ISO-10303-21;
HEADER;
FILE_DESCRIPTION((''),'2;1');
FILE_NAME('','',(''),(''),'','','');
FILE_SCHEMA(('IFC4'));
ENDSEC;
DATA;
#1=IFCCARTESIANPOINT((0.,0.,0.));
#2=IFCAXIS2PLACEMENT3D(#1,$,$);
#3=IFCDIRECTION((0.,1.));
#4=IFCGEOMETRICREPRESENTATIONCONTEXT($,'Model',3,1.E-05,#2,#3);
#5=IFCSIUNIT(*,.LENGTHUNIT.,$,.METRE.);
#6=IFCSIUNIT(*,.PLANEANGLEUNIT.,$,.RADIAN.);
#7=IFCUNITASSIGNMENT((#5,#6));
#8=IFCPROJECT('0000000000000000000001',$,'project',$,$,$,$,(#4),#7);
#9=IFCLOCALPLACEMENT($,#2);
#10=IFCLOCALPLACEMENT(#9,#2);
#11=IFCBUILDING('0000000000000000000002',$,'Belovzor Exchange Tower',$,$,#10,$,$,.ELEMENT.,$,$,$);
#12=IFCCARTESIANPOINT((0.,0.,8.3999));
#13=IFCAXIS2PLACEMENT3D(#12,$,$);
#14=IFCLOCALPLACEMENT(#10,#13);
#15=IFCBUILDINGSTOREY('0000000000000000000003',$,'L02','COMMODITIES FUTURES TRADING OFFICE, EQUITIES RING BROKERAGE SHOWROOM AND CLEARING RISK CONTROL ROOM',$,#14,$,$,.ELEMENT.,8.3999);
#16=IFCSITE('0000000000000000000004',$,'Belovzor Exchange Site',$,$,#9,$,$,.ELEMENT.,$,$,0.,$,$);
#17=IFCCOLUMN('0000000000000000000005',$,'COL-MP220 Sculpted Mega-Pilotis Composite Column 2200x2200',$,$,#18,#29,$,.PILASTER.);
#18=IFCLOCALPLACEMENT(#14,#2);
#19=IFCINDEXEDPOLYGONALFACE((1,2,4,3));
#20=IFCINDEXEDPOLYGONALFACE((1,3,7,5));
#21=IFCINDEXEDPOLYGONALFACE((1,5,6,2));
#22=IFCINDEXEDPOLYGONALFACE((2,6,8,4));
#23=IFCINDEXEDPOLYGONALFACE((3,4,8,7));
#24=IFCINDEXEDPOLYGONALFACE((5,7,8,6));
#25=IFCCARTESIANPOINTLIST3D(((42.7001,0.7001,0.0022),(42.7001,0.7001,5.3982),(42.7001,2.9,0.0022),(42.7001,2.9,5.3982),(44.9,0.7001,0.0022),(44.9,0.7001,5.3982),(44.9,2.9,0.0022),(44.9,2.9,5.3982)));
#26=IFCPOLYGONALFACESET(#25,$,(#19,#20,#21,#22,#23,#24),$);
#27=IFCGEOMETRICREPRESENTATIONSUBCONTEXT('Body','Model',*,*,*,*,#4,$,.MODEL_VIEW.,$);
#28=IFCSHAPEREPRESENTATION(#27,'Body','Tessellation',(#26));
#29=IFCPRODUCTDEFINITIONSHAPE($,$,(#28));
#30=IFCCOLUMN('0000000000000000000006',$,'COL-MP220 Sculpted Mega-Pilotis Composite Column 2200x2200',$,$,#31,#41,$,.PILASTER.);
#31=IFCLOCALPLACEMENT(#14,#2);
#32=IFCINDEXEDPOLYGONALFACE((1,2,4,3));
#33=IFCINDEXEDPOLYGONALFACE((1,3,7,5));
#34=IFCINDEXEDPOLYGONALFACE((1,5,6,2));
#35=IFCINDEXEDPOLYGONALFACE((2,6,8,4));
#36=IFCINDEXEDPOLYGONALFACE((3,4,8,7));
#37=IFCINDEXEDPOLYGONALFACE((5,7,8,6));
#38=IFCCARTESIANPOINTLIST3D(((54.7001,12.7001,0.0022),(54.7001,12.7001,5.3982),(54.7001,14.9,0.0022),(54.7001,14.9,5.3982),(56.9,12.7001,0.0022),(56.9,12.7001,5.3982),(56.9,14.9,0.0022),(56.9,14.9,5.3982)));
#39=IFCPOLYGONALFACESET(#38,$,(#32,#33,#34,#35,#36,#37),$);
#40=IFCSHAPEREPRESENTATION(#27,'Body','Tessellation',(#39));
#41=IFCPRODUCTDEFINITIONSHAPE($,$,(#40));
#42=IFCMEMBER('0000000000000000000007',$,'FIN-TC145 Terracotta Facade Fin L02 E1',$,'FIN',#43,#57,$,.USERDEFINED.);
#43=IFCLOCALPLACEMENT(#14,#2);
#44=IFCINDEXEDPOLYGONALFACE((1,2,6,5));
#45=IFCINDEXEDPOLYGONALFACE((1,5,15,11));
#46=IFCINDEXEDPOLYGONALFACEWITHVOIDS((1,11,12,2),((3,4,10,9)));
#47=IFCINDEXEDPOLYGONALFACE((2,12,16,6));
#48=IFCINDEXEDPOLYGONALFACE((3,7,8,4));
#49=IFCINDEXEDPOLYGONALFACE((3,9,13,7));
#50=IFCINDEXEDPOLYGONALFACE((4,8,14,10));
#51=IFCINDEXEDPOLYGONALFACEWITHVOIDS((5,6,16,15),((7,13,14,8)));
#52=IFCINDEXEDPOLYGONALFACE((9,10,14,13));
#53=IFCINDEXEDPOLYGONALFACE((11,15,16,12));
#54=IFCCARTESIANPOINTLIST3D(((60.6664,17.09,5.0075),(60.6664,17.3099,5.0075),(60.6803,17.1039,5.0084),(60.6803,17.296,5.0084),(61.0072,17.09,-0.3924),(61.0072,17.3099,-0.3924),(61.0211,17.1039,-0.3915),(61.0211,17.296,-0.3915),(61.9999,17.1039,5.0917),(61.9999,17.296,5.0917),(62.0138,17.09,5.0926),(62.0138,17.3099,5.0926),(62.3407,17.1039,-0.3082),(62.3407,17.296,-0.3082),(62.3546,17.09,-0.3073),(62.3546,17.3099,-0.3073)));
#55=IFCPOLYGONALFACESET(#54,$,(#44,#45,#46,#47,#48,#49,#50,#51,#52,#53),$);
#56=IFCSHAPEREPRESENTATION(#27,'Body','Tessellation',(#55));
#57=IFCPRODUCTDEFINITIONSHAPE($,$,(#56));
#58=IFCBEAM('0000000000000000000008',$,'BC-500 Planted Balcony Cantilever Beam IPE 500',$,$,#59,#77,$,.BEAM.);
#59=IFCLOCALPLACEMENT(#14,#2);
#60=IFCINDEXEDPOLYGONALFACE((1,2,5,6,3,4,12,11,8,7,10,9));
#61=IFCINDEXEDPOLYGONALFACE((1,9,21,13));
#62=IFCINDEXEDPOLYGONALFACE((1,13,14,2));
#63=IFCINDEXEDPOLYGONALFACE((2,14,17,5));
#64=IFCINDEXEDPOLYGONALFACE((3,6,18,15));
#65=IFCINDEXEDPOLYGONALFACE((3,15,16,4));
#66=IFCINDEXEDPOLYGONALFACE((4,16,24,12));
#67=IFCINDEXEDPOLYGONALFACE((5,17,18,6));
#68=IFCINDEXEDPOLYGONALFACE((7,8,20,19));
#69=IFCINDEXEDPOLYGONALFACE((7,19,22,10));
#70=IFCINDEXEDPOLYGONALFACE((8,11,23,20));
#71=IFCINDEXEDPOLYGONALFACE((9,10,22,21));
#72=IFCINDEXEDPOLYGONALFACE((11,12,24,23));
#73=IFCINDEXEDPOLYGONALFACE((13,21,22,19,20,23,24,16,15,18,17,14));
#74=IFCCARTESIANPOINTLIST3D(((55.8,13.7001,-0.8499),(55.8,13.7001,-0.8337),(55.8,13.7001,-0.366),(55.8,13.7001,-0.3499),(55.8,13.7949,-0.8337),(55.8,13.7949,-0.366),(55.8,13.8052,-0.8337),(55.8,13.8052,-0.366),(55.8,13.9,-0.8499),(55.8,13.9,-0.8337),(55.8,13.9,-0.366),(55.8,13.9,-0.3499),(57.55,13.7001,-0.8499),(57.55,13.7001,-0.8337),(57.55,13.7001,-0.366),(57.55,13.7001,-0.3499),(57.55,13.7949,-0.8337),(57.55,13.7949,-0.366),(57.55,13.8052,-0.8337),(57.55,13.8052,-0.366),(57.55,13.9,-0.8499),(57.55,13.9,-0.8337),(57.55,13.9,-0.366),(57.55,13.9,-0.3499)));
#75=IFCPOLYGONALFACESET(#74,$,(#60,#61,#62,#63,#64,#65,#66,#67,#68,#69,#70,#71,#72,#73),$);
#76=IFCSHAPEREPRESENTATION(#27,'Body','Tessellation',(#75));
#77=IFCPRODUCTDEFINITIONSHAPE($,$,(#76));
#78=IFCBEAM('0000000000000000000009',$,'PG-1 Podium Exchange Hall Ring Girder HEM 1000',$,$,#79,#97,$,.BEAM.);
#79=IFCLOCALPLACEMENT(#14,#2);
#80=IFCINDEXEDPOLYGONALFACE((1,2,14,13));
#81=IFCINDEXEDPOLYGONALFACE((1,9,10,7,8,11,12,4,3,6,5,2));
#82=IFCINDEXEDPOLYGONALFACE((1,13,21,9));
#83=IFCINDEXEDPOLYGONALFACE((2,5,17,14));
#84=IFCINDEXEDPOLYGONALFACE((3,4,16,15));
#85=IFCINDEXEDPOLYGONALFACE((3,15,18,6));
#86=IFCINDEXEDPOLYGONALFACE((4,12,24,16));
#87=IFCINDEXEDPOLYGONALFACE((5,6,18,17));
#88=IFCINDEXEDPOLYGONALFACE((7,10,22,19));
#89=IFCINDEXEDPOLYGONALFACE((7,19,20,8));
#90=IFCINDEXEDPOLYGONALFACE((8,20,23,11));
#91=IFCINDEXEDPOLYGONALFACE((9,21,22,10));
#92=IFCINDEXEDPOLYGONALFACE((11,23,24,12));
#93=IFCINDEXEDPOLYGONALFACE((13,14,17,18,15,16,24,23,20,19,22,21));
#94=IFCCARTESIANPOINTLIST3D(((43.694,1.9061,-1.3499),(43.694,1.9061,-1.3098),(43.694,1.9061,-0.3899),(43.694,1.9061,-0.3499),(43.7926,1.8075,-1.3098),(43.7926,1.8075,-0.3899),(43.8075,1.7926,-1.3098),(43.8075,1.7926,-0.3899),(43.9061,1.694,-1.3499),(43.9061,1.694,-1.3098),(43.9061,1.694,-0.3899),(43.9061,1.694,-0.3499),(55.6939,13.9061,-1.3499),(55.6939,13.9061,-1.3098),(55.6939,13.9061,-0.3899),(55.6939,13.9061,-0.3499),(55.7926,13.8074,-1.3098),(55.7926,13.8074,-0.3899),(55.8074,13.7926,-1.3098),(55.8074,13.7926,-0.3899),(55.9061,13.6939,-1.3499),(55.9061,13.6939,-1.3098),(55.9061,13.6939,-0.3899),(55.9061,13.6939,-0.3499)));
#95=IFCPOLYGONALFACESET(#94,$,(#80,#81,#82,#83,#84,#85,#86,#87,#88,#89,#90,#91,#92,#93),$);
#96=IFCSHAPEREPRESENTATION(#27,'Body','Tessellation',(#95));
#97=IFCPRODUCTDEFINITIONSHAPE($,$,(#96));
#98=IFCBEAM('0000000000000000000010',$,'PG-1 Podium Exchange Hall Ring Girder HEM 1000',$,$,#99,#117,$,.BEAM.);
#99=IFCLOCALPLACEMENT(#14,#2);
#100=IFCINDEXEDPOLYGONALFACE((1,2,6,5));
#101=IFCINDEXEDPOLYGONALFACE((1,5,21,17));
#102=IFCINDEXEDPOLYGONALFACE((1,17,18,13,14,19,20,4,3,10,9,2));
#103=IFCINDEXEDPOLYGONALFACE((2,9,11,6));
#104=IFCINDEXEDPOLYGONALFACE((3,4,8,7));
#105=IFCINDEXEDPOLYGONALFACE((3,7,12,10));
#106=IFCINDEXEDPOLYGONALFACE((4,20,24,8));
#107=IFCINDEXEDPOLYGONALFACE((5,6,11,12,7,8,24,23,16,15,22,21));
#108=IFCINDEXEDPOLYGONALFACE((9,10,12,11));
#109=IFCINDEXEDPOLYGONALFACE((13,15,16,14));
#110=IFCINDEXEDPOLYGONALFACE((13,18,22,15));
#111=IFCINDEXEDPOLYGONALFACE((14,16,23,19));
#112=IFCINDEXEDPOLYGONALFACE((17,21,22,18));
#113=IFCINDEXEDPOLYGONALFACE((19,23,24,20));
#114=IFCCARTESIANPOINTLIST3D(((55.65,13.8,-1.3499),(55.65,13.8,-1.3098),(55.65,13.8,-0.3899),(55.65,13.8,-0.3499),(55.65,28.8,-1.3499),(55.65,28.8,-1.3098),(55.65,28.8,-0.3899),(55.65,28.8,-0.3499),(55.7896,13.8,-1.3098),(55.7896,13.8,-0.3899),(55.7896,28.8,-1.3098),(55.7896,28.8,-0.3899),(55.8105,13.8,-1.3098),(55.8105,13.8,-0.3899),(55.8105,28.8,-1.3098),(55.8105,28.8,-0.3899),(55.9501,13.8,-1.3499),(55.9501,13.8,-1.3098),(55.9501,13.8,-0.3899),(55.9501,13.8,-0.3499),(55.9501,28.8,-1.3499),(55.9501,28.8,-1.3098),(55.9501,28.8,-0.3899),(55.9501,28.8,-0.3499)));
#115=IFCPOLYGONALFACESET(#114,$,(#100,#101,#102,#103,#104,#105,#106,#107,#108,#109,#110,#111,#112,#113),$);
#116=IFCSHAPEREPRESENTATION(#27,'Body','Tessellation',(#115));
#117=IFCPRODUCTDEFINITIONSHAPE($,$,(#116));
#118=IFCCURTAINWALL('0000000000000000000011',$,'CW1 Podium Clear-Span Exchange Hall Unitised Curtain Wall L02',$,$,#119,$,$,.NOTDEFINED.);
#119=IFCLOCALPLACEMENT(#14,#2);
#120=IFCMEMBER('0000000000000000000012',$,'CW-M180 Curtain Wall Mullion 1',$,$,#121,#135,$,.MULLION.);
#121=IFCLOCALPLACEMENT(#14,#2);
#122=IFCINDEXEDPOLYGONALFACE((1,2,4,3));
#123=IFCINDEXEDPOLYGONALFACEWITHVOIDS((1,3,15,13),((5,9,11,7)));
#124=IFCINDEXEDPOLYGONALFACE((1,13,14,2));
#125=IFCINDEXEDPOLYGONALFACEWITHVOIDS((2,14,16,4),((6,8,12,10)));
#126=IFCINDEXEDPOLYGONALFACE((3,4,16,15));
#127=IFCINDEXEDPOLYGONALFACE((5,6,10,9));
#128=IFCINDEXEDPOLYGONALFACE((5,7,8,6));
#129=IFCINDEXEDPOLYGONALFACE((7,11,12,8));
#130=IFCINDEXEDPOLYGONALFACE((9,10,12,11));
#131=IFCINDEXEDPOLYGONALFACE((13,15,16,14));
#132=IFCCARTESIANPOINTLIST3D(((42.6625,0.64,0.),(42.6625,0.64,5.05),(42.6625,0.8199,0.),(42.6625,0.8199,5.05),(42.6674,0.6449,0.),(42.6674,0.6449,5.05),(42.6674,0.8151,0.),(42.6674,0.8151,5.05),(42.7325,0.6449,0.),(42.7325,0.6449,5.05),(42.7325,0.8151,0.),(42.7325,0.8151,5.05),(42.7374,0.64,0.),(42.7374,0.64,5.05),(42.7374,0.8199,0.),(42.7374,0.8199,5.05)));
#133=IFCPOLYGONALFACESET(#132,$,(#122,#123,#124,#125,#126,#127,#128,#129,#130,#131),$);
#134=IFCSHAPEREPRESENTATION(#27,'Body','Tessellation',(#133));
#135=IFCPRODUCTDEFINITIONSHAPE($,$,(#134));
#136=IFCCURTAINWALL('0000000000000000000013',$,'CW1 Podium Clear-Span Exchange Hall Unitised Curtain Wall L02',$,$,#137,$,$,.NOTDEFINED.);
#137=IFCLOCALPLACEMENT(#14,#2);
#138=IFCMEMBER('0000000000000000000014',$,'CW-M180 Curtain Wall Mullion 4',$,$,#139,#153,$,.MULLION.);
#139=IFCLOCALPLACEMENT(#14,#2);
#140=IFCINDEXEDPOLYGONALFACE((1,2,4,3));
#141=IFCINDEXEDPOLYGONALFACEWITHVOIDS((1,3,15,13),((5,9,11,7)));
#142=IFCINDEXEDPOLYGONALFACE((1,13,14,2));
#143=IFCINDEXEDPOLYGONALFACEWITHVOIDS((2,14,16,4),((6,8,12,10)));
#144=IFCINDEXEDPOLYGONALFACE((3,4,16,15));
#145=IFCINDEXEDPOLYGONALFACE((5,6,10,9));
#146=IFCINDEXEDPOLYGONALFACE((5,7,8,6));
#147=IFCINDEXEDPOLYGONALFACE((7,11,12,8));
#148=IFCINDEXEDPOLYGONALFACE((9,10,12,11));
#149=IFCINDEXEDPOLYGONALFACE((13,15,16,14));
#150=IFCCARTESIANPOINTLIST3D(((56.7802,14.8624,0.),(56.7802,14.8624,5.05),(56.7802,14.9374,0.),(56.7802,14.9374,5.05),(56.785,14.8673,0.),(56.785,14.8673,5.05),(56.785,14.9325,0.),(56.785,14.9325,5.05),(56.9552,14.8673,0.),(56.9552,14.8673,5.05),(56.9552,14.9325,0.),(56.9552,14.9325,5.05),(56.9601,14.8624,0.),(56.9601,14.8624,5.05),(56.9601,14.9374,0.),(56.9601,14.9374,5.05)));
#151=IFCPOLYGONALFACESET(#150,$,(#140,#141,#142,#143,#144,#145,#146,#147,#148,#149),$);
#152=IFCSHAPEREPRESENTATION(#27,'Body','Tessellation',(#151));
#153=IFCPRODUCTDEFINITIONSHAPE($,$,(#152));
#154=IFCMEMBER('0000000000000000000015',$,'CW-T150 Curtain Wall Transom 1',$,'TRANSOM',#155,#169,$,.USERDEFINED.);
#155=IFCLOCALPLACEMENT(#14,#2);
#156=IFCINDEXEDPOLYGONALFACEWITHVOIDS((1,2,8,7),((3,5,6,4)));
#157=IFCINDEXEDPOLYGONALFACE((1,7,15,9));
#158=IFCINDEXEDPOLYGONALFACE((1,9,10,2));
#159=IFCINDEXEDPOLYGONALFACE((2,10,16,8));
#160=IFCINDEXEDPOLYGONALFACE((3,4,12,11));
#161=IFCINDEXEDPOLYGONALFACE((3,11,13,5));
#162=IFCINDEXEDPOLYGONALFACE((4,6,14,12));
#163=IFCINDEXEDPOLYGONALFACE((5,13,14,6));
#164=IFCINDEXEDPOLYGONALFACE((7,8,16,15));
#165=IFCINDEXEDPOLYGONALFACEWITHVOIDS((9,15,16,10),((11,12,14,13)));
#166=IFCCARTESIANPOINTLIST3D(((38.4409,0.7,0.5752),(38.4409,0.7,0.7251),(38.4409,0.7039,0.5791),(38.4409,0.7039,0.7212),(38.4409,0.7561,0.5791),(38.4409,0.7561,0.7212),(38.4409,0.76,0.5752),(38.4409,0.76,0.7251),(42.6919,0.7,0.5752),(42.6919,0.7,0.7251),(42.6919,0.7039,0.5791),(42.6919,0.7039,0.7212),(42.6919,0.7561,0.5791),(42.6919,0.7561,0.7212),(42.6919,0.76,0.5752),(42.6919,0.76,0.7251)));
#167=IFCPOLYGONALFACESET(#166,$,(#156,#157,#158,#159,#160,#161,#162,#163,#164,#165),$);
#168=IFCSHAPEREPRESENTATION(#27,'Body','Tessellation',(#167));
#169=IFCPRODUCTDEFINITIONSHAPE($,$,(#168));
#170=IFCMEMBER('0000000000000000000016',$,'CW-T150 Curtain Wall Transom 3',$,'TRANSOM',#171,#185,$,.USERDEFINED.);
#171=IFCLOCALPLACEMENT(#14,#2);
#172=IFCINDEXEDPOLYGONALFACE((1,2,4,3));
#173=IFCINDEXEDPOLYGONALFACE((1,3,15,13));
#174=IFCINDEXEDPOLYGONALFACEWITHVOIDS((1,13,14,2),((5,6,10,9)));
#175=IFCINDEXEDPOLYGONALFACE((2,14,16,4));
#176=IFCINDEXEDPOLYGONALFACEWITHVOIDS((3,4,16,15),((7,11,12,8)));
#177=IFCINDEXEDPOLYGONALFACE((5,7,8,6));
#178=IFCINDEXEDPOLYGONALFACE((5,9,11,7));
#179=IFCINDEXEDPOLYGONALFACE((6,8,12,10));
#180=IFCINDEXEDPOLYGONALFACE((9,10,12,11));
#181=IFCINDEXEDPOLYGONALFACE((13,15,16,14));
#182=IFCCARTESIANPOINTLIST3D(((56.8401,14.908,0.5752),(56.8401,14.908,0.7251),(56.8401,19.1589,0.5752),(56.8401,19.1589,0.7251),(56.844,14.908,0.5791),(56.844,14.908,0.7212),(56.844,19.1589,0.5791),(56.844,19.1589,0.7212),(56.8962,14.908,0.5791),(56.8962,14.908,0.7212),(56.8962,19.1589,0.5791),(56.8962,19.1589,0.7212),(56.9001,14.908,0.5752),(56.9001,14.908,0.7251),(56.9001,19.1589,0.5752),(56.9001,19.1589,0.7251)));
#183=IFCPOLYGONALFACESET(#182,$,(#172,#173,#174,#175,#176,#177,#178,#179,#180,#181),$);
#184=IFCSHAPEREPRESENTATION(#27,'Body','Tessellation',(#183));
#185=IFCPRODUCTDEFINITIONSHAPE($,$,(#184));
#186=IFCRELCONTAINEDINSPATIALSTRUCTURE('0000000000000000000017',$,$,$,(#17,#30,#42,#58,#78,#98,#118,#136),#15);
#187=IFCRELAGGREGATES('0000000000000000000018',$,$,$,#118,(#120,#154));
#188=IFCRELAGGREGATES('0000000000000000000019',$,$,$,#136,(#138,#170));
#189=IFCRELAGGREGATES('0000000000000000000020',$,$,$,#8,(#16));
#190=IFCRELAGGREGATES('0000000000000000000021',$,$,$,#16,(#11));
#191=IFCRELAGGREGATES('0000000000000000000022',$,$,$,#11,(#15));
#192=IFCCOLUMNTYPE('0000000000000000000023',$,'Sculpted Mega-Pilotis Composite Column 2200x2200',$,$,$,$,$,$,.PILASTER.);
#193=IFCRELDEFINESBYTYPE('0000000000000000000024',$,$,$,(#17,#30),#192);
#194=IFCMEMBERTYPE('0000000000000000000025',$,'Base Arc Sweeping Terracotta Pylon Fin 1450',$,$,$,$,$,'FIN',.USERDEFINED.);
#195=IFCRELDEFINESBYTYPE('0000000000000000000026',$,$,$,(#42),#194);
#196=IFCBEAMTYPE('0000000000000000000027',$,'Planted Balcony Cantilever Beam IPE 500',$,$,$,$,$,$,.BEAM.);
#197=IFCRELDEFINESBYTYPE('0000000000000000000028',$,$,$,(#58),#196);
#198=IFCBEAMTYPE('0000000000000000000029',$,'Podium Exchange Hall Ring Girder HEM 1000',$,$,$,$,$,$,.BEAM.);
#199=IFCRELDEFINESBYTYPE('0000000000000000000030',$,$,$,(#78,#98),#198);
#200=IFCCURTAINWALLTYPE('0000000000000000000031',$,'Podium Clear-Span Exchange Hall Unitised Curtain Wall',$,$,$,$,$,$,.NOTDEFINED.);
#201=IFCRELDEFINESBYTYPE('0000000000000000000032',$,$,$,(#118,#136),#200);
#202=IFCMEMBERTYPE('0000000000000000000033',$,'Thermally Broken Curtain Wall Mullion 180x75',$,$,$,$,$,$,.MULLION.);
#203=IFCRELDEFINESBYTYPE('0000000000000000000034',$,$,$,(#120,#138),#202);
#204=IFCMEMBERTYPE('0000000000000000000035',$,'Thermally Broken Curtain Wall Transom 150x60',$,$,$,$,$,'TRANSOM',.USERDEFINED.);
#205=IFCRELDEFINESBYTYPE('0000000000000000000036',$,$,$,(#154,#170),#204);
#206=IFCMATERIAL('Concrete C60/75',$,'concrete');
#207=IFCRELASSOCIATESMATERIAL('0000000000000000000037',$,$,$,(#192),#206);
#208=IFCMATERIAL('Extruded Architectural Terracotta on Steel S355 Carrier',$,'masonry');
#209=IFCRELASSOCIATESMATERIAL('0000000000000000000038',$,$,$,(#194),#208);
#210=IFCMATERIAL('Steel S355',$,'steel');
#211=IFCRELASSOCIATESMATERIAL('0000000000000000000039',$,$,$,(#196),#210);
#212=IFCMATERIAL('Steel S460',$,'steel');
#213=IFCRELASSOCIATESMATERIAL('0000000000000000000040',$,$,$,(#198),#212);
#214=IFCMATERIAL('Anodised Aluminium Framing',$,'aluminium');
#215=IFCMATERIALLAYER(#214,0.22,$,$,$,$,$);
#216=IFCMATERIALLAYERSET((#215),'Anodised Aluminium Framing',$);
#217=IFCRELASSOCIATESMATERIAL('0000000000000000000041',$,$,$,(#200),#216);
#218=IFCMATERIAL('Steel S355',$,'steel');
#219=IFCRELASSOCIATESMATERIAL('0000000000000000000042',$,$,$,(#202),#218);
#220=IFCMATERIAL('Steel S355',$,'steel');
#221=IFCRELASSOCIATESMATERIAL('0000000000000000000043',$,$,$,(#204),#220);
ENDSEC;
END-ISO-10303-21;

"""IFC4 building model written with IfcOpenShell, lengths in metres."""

from ifc_helpers import new_model, si_unit, direction, frame, origin, origin_2d, place, context, subcontext, project, spatial, rectangle, hollow_rectangle, i_section, extrude, material, layer, layer_set, material_profile, profile_set, type_object, element, aggregate, save


model = new_model("IFC4")

# Units and contexts
model_context = context("Model", 3, precision=1e-05, world=origin(), true_north=direction((0.0, 1.0)))
body_context = subcontext(model_context, "Body", "Model", "MODEL_VIEW")
ifc_project = project(units=[si_unit("LENGTHUNIT", "METRE"), si_unit("PLANEANGLEUNIT", "RADIAN")], contexts=[model_context])

# Site, building, storey
site_placement = place(None, origin())
site = spatial("IfcSite", under=ifc_project, at=site_placement, Name="Belovzor Exchange Site", CompositionType="ELEMENT", RefElevation=0.0)
building_placement = place(site_placement, origin())
building = spatial("IfcBuilding", under=site, at=building_placement, Name="Belovzor Exchange Tower", CompositionType="ELEMENT")
storey_placement = place(building_placement, frame((0.0, 0.0, 8.3999)))
storey = spatial("IfcBuildingStorey", under=building, at=storey_placement, Name="L02", Description="COMMODITIES FUTURES TRADING OFFICE, EQUITIES RING BROKERAGE SHOWROOM AND CLEARING RISK CONTROL ROOM", CompositionType="ELEMENT", Elevation=8.3999)

# Columns
ifc_material_1 = material(Name="Concrete C60/75", Category="concrete")
ifc_material_profile_1 = material_profile(ifc_material_1, rectangle(XDim=2.2, YDim=2.2, at=origin_2d()))
ifc_profile_set_1 = profile_set([ifc_material_profile_1], Name="Concrete C60/75")
column_type = type_object("IfcColumnType", Name="Sculpted Mega-Pilotis Composite Column 2200x2200", PredefinedType="PILASTER", material=ifc_profile_set_1)
for number, where, z_axis, x_axis, name in (
    (1, (43.8, 1.8, 0.0022), (0.0, 0.0, 1.0), (1.0, 0.0, 0.0), "COL-MP220 Sculpted Mega-Pilotis Composite Column 2200x2200"),
    (2, (55.8, 13.8, 0.0022), (0.0, 0.0, 1.0), (1.0, 0.0, 0.0), "COL-MP220 Sculpted Mega-Pilotis Composite Column 2200x2200"),
):
    element("IfcColumn", number, at=place(storey_placement, frame(where, z_axis=z_axis, x_axis=x_axis)), inside=storey, type_object=column_type, Name=name, PredefinedType="PILASTER", context=body_context, shape_type="SweptSolid", body=[
        extrude(rectangle(XDim=2.2, YDim=2.2, at=origin_2d()), origin(), (0.0, 0.0, 1.0), 5.396),
    ])

# Member
ifc_material_2 = material(Name="Extruded Architectural Terracotta on Steel S355 Carrier", Category="masonry")
ifc_material_profile_2 = material_profile(ifc_material_2, hollow_rectangle(XDim=0.22, YDim=1.3501, WallThickness=0.0139, at=origin_2d()))
ifc_profile_set_2 = profile_set([ifc_material_profile_2], Name="Extruded Architectural Terracotta on Steel S355 Carrier")
member_type_1 = type_object("IfcMemberType", Name="Base Arc Sweeping Terracotta Pylon Fin 1450", ElementType="FIN", PredefinedType="USERDEFINED", material=ifc_profile_set_2)
member_1_placement = place(storey_placement, frame((61.6809, 17.2, -0.3499), z_axis=(-0.062991, 0.0, 0.998014), x_axis=(0.0, -1.0, 0.0)))
element("IfcMember", 3, at=member_1_placement, inside=storey, type_object=member_type_1, Name="FIN-TC145 Terracotta Facade Fin L02 E1", ObjectType="FIN", PredefinedType="USERDEFINED", context=body_context, shape_type="SweptSolid", body=[
    extrude(hollow_rectangle(XDim=0.22, YDim=1.3501, WallThickness=0.0139, at=origin_2d()), origin(), (0.0, 0.0, 1.0), 5.4106),
])

# Beams
ifc_material_3 = material(Name="Steel S355", Category="steel")
ifc_material_profile_3 = material_profile(ifc_material_3, i_section(OverallWidth=0.2, OverallDepth=0.5, WebThickness=0.0103, FlangeThickness=0.0161, at=origin_2d()))
ifc_profile_set_3 = profile_set([ifc_material_profile_3], Name="Steel S355")
beam_type_1 = type_object("IfcBeamType", Name="Planted Balcony Cantilever Beam IPE 500", PredefinedType="BEAM", material=ifc_profile_set_3)
beam_1_placement = place(storey_placement, frame((55.8, 13.8, -0.5999), z_axis=(1.0, 0.0, 0.0), x_axis=(0.0, 1.0, 0.0)))
element("IfcBeam", 4, at=beam_1_placement, inside=storey, type_object=beam_type_1, Name="BC-500 Planted Balcony Cantilever Beam IPE 500", PredefinedType="BEAM", context=body_context, shape_type="SweptSolid", body=[
    extrude(i_section(OverallWidth=0.2, OverallDepth=0.5, WebThickness=0.0103, FlangeThickness=0.0161, at=origin_2d()), origin(), (0.0, 0.0, 1.0), 1.75),
])
ifc_material_4 = material(Name="Steel S460", Category="steel")
ifc_material_profile_4 = material_profile(ifc_material_4, i_section(OverallWidth=0.3, OverallDepth=1.0, WebThickness=0.021, FlangeThickness=0.04, at=origin_2d()))
ifc_profile_set_4 = profile_set([ifc_material_profile_4], Name="Steel S460")
beam_type_2 = type_object("IfcBeamType", Name="Podium Exchange Hall Ring Girder HEM 1000", PredefinedType="BEAM", material=ifc_profile_set_4)
beam_2_placement = place(storey_placement, frame((43.8, 1.8, -0.8499), z_axis=(0.707107, 0.707107, 0.0), x_axis=(-0.707107, 0.707107, 0.0)))
element("IfcBeam", 5, at=beam_2_placement, inside=storey, type_object=beam_type_2, Name="PG-1 Podium Exchange Hall Ring Girder HEM 1000", PredefinedType="BEAM", context=body_context, shape_type="SweptSolid", body=[
    extrude(i_section(OverallWidth=0.3, OverallDepth=1.0, WebThickness=0.021, FlangeThickness=0.04, at=origin_2d()), origin(), (0.0, 0.0, 1.0), 16.9705),
])
beam_3_placement = place(storey_placement, frame((55.8, 13.8, -0.8499), z_axis=(0.0, 1.0, 0.0), x_axis=(-1.0, 0.0, 0.0)))
element("IfcBeam", 6, at=beam_3_placement, inside=storey, type_object=beam_type_2, Name="PG-1 Podium Exchange Hall Ring Girder HEM 1000", PredefinedType="BEAM", context=body_context, shape_type="SweptSolid", body=[
    extrude(i_section(OverallWidth=0.3, OverallDepth=1.0, WebThickness=0.021, FlangeThickness=0.04, at=origin_2d()), origin(), (0.0, 0.0, 1.0), 15.0),
])

# Curtain walls, members
ifc_material_5 = material(Name="Anodised Aluminium Framing", Category="aluminium")
ifc_layer_1 = layer(ifc_material_5, 0.22)
ifc_layer_set_1 = layer_set([ifc_layer_1], Name="Anodised Aluminium Framing")
curtain_wall_type = type_object("IfcCurtainWallType", Name="Podium Clear-Span Exchange Hall Unitised Curtain Wall", PredefinedType="NOTDEFINED", material=ifc_layer_set_1)
curtain_wall_1_placement = place(storey_placement, origin())
curtain_wall_1 = element("IfcCurtainWall", 7, at=curtain_wall_1_placement, inside=storey, type_object=curtain_wall_type, Name="CW1 Podium Clear-Span Exchange Hall Unitised Curtain Wall L02", PredefinedType="NOTDEFINED")
ifc_material_6 = material(Name="Steel S355", Category="steel")
ifc_material_profile_5 = material_profile(ifc_material_6, hollow_rectangle(XDim=0.075, YDim=0.1799, WallThickness=0.0049, at=origin_2d()))
ifc_profile_set_5 = profile_set([ifc_material_profile_5], Name="Steel S355")
member_type_2 = type_object("IfcMemberType", Name="Thermally Broken Curtain Wall Mullion 180x75", PredefinedType="MULLION", material=ifc_profile_set_5)
member_2_placement = place(storey_placement, frame((42.7, 0.73, 0.0), z_axis=(0.0, 0.0, 1.0), x_axis=(-1.0, 0.0, 0.0)))
member_2 = element("IfcMember", 8, at=member_2_placement, type_object=member_type_2, Name="CW-M180 Curtain Wall Mullion 1", PredefinedType="MULLION", context=body_context, shape_type="SweptSolid", body=[
    extrude(hollow_rectangle(XDim=0.075, YDim=0.1799, WallThickness=0.0049, at=origin_2d()), origin(), (0.0, 0.0, 1.0), 5.05),
])
curtain_wall_2_placement = place(storey_placement, origin())
curtain_wall_2 = element("IfcCurtainWall", 9, at=curtain_wall_2_placement, inside=storey, type_object=curtain_wall_type, Name="CW1 Podium Clear-Span Exchange Hall Unitised Curtain Wall L02", PredefinedType="NOTDEFINED")
member_3_placement = place(storey_placement, frame((56.8701, 14.8999, 0.0), z_axis=(0.0, 0.0, 1.0), x_axis=(0.0, -1.0, 0.0)))
member_3 = element("IfcMember", 10, at=member_3_placement, type_object=member_type_2, Name="CW-M180 Curtain Wall Mullion 4", PredefinedType="MULLION", context=body_context, shape_type="SweptSolid", body=[
    extrude(hollow_rectangle(XDim=0.075, YDim=0.1799, WallThickness=0.0049, at=origin_2d()), origin(), (0.0, 0.0, 1.0), 5.05),
])

# Members
ifc_material_7 = material(Name="Steel S355", Category="steel")
ifc_material_profile_6 = material_profile(ifc_material_7, hollow_rectangle(XDim=0.0601, YDim=0.1499, WallThickness=0.0039, at=origin_2d()))
ifc_profile_set_6 = profile_set([ifc_material_profile_6], Name="Steel S355")
member_type_3 = type_object("IfcMemberType", Name="Thermally Broken Curtain Wall Transom 150x60", ElementType="TRANSOM", PredefinedType="USERDEFINED", material=ifc_profile_set_6)
member_4_placement = place(storey_placement, frame((42.6919, 0.73, 0.6501), z_axis=(-1.0, 0.0, 0.0), x_axis=(0.0, -1.0, 0.0)))
member_4 = element("IfcMember", 11, at=member_4_placement, type_object=member_type_3, Name="CW-T150 Curtain Wall Transom 1", ObjectType="TRANSOM", PredefinedType="USERDEFINED", context=body_context, shape_type="SweptSolid", body=[
    extrude(hollow_rectangle(XDim=0.0601, YDim=0.1499, WallThickness=0.0039, at=origin_2d()), origin(), (0.0, 0.0, 1.0), 4.251),
])
member_5_placement = place(storey_placement, frame((56.8701, 19.1589, 0.6501), z_axis=(0.0, -1.0, 0.0), x_axis=(1.0, 0.0, 0.0)))
member_5 = element("IfcMember", 12, at=member_5_placement, type_object=member_type_3, Name="CW-T150 Curtain Wall Transom 3", ObjectType="TRANSOM", PredefinedType="USERDEFINED", context=body_context, shape_type="SweptSolid", body=[
    extrude(hollow_rectangle(XDim=0.0601, YDim=0.1499, WallThickness=0.0039, at=origin_2d()), origin(), (0.0, 0.0, 1.0), 4.251),
])

aggregate(curtain_wall_1, [member_2, member_4])
aggregate(curtain_wall_2, [member_3, member_5])

save(model, "model.ifc")
